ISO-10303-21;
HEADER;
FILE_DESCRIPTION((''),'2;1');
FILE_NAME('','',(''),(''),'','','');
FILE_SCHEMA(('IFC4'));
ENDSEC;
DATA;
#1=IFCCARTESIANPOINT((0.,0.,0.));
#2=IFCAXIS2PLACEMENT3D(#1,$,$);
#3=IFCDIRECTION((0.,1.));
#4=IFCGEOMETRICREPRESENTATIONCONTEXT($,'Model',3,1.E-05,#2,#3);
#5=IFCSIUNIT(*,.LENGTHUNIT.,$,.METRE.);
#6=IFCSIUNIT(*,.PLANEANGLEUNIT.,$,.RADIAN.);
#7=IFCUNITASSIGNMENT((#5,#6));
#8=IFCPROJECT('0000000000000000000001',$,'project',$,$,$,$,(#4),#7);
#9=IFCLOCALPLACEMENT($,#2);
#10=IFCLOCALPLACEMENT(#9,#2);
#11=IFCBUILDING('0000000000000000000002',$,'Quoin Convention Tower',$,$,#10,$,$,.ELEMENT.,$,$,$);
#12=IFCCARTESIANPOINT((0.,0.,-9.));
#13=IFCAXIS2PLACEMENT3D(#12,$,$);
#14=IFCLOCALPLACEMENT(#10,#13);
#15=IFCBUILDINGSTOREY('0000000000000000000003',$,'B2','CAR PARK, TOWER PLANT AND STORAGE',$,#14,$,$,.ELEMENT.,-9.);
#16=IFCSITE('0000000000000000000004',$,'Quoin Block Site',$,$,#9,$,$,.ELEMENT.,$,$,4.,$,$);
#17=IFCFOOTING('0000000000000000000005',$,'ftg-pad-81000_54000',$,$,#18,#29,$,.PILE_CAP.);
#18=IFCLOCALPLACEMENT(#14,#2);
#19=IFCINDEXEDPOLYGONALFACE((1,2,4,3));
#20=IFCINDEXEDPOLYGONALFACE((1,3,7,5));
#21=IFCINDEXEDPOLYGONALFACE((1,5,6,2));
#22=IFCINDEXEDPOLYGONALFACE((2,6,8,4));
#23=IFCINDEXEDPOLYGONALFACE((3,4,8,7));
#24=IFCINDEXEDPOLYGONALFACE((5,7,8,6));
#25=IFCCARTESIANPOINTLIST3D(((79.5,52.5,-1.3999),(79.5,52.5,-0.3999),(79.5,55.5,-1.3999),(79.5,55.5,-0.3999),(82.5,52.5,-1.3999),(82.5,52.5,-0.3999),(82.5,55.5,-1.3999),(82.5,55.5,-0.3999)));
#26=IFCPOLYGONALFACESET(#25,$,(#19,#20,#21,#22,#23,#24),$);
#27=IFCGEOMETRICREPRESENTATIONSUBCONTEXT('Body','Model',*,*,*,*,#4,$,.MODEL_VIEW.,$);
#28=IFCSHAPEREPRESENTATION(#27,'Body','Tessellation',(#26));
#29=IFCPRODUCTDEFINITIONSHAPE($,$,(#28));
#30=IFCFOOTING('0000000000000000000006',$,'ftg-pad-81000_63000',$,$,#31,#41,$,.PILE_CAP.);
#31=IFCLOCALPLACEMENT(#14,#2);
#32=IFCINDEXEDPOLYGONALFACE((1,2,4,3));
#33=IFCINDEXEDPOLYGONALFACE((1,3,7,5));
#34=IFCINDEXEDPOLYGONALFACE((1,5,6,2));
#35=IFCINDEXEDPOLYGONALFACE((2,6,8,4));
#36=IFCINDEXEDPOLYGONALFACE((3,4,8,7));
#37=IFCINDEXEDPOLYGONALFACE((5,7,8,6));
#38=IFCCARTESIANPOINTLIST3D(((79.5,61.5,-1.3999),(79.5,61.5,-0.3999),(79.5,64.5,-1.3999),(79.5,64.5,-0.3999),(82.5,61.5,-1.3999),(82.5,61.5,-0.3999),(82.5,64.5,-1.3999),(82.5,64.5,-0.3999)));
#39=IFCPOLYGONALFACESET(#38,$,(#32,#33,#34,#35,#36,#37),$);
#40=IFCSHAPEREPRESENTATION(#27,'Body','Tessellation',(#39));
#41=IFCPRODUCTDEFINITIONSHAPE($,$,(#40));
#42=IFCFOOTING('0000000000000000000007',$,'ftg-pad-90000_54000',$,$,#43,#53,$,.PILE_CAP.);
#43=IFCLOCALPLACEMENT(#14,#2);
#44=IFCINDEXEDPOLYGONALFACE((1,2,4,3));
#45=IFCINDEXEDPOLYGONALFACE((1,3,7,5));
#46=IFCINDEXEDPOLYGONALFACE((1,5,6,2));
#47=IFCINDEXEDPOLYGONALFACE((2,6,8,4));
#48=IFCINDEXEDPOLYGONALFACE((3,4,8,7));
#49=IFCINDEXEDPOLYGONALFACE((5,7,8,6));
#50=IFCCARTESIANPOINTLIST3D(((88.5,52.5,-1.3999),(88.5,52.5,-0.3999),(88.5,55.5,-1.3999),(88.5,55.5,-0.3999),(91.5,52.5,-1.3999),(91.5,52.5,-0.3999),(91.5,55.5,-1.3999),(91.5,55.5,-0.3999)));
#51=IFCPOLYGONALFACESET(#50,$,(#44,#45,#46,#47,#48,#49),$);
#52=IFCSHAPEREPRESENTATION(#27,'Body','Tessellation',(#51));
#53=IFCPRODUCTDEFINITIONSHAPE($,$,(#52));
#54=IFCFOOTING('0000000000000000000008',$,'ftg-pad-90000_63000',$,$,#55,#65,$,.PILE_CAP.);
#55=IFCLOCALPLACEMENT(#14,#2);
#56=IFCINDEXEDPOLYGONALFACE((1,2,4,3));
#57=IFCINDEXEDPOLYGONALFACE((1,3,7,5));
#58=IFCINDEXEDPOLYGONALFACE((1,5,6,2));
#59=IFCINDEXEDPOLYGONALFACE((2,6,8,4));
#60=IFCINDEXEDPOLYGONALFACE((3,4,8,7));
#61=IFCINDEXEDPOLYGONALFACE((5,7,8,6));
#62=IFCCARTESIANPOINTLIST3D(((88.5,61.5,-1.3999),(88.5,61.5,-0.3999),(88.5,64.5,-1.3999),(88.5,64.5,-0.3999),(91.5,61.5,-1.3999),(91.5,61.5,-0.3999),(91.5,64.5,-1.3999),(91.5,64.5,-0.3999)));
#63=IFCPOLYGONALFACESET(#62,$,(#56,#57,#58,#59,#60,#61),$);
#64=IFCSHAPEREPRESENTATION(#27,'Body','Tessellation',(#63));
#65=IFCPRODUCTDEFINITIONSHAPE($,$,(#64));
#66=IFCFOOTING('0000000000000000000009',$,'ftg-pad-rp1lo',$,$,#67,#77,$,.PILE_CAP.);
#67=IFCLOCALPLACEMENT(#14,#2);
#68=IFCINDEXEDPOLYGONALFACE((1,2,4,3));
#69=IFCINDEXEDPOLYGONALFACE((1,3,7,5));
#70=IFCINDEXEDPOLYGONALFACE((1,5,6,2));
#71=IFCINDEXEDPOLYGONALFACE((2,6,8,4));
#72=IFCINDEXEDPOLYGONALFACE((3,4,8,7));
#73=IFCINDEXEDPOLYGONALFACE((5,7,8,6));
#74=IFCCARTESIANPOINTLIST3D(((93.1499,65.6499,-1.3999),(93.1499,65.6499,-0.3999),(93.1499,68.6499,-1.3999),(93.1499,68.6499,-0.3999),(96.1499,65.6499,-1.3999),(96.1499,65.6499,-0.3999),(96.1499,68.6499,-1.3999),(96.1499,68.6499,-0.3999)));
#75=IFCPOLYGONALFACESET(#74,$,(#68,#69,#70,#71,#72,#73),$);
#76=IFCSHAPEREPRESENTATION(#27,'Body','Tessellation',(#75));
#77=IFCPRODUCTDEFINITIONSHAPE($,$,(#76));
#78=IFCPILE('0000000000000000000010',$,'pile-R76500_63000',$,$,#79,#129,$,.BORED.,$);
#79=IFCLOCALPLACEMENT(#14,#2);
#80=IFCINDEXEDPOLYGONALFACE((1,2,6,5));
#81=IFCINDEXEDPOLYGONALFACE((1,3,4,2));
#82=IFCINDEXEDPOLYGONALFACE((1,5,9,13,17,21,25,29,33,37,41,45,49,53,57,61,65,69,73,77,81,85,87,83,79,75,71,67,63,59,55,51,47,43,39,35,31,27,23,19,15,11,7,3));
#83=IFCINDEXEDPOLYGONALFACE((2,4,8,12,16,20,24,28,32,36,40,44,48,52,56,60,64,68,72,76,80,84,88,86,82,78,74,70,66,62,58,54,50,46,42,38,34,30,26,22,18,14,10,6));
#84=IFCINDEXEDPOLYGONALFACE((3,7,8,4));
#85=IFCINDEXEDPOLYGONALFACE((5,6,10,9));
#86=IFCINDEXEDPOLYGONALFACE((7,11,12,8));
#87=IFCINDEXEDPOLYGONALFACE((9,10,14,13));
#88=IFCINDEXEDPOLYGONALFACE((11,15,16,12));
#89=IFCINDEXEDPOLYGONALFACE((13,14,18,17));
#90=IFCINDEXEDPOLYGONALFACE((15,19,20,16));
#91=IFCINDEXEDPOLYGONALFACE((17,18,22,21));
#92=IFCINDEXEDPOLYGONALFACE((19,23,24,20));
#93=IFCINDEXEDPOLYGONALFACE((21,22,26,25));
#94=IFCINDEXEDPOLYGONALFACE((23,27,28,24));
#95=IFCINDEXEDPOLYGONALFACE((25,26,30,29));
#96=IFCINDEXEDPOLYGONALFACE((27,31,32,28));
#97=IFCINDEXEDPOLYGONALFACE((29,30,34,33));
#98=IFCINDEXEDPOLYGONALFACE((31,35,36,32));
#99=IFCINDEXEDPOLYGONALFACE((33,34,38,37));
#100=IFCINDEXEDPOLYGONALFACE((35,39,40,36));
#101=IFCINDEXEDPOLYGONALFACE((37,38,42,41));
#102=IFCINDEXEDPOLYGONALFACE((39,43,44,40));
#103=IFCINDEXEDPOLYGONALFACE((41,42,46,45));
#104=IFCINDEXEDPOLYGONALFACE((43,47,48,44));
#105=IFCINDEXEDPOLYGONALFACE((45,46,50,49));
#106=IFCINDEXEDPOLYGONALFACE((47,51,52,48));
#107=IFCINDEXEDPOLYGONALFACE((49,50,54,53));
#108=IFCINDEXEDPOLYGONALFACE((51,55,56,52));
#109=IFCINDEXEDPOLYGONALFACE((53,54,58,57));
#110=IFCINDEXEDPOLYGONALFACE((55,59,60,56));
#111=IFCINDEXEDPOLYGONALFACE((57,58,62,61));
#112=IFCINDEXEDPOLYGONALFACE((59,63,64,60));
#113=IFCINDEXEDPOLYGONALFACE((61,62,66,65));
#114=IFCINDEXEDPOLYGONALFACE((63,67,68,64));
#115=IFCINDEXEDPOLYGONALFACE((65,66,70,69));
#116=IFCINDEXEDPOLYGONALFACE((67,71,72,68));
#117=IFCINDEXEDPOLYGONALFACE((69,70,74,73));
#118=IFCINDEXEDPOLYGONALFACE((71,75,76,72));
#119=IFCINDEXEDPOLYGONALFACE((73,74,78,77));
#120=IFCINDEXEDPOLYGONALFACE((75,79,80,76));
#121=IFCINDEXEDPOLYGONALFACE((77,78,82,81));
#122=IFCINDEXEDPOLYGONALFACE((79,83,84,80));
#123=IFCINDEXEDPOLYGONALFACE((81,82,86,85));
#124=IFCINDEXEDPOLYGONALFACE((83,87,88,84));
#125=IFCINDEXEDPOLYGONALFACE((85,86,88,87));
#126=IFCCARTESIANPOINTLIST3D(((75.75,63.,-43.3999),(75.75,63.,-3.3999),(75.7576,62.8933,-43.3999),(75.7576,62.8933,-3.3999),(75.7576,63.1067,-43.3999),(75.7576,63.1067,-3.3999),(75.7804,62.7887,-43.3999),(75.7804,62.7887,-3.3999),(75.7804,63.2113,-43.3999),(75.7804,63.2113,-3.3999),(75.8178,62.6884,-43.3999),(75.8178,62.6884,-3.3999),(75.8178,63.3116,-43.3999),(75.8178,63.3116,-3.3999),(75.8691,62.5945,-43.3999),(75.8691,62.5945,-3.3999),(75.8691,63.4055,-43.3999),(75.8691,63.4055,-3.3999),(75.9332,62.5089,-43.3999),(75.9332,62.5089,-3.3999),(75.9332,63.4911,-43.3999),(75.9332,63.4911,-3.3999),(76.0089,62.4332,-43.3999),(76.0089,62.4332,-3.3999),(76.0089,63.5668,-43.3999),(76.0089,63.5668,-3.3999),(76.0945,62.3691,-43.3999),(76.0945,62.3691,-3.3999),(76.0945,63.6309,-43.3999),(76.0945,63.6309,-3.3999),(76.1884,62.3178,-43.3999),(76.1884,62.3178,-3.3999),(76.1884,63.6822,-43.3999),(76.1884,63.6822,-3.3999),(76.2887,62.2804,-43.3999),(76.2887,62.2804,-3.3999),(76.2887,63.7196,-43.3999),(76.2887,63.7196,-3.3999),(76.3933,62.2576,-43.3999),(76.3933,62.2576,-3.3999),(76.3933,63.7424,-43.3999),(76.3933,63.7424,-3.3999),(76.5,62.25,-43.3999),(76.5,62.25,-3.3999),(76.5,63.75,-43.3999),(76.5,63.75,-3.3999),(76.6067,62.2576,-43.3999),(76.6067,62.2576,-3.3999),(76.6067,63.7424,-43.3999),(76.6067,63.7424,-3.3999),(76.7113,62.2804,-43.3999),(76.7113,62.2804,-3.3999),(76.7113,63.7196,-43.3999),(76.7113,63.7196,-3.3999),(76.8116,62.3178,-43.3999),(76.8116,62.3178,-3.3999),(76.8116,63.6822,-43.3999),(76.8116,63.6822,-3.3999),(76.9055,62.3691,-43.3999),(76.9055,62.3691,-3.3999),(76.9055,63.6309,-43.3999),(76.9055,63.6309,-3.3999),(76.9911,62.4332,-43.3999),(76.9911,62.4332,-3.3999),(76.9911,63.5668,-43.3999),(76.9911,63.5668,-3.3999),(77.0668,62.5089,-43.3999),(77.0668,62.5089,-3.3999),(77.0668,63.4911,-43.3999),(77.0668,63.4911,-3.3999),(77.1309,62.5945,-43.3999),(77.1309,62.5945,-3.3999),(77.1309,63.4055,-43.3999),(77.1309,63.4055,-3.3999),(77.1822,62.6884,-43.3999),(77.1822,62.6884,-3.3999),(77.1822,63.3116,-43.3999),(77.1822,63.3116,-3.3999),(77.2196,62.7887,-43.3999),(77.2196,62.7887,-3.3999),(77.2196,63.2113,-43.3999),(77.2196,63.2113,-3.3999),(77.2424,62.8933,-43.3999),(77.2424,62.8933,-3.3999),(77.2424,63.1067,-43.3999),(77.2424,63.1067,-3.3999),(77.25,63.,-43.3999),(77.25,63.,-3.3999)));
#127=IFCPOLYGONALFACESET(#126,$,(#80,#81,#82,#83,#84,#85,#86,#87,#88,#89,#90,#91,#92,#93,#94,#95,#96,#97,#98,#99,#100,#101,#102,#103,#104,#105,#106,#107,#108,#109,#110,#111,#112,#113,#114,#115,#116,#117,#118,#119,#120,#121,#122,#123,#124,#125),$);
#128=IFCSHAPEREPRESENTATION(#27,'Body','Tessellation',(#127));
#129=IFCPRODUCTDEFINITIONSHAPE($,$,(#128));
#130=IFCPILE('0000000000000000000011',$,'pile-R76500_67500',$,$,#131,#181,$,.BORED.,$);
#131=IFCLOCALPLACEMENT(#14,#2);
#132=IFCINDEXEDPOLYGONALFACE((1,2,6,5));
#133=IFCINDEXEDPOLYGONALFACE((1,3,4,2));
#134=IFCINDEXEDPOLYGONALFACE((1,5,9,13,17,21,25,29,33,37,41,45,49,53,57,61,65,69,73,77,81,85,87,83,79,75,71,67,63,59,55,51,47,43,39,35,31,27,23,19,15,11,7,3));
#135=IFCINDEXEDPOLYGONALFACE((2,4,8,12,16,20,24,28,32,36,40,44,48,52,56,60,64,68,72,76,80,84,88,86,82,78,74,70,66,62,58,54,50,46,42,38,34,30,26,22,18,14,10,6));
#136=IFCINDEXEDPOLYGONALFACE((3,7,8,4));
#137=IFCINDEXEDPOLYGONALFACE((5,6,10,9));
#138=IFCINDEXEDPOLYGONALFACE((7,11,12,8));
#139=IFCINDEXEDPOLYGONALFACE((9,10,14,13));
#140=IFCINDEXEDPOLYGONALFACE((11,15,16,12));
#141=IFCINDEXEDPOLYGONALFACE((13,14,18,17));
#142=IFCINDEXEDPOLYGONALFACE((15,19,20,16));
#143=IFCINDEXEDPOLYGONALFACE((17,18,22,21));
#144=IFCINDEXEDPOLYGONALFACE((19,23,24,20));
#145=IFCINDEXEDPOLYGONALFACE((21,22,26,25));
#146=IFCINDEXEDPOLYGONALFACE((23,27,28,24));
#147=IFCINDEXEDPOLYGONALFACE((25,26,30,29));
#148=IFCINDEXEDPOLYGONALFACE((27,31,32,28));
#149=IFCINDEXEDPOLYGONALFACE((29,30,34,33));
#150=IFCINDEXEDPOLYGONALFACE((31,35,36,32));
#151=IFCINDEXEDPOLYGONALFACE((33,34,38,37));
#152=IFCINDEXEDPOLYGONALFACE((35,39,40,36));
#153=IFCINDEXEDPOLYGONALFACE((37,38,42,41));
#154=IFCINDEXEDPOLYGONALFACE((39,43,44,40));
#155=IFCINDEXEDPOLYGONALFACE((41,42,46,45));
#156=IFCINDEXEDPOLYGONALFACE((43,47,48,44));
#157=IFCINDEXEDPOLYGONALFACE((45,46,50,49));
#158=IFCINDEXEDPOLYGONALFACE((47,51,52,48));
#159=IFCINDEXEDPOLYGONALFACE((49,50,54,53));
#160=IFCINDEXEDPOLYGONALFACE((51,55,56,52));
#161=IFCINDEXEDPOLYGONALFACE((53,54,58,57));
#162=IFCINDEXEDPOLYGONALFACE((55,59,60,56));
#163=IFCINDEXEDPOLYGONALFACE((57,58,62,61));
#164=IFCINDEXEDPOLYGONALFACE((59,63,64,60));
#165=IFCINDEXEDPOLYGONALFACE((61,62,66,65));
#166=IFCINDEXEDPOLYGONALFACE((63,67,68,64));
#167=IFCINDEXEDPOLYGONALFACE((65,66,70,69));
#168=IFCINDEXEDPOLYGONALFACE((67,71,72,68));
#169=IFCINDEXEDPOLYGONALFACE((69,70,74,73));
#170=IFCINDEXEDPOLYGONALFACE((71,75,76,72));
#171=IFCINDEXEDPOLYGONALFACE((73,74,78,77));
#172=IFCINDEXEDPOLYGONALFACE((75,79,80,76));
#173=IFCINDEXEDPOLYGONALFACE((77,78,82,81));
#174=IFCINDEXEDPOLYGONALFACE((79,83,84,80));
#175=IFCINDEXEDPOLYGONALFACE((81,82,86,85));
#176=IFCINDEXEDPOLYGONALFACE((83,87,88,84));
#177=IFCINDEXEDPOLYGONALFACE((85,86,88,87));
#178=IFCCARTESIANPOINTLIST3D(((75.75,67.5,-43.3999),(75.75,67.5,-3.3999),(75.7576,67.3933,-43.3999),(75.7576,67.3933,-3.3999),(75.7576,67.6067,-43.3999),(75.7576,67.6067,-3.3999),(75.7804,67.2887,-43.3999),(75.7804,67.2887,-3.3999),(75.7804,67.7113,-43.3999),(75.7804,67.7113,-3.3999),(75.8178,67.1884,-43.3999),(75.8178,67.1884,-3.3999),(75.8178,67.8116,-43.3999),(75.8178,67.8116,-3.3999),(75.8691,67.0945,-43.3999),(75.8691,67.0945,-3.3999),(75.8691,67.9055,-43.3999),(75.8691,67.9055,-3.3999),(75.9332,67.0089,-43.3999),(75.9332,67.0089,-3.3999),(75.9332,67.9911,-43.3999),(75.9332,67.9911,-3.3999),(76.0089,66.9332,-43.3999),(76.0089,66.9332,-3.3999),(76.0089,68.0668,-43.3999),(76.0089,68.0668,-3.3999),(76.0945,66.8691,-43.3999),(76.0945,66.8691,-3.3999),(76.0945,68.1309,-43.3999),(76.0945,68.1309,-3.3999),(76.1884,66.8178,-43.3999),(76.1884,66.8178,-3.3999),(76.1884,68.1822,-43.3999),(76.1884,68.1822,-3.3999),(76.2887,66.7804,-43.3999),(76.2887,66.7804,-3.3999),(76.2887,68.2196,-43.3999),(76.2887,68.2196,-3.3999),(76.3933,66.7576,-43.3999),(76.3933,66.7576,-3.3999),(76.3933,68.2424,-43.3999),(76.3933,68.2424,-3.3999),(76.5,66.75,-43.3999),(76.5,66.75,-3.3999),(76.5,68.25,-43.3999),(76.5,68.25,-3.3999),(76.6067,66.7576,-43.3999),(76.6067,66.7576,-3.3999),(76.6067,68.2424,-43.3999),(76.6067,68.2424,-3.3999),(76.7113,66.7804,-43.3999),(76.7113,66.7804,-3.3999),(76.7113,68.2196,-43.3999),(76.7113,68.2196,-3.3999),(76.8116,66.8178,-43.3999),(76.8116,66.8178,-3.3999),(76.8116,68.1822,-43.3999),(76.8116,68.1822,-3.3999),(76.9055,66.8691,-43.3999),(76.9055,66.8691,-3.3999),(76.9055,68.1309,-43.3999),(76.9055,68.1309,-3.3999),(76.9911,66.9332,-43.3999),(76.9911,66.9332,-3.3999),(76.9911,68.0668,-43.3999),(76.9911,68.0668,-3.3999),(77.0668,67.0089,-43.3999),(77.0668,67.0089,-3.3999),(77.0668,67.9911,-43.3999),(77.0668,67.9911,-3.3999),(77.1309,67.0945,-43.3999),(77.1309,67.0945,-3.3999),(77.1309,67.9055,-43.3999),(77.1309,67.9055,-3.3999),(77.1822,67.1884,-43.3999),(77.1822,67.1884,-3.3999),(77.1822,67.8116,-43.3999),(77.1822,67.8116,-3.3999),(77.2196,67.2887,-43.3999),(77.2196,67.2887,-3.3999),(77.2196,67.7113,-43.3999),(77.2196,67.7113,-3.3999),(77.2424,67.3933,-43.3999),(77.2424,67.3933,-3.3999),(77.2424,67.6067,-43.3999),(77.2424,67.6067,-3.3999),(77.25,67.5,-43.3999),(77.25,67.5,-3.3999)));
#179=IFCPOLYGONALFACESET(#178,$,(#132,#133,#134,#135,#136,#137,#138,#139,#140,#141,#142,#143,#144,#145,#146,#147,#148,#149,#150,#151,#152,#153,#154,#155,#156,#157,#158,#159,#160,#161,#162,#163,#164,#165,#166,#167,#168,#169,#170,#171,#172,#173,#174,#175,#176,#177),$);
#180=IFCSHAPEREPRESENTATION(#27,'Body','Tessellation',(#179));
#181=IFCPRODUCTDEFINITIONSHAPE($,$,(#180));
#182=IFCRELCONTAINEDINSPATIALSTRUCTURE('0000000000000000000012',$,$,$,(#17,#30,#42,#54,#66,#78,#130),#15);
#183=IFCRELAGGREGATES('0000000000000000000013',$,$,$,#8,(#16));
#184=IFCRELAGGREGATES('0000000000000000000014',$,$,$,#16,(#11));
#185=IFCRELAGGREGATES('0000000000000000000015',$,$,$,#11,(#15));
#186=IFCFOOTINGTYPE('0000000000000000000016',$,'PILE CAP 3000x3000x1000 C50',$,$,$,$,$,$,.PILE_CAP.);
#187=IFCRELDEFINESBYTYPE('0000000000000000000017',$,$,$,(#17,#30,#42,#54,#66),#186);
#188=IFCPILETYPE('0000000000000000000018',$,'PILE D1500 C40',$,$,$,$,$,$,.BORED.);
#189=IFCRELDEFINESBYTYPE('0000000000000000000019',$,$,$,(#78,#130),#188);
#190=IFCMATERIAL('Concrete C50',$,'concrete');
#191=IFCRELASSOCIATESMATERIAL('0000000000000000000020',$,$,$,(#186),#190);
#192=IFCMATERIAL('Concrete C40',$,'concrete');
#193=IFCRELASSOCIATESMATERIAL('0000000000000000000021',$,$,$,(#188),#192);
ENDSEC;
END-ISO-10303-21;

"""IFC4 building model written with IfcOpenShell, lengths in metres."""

from ifc_helpers import new_model, si_unit, direction, frame, origin, origin_2d, place, context, subcontext, project, spatial, rectangle, circle, extrude, material, material_profile, profile_set, type_object, element, save


model = new_model("IFC4")

# Units and contexts
model_context = context("Model", 3, precision=1e-05, world=origin(), true_north=direction((0.0, 1.0)))
body_context = subcontext(model_context, "Body", "Model", "MODEL_VIEW")
ifc_project = project(units=[si_unit("LENGTHUNIT", "METRE"), si_unit("PLANEANGLEUNIT", "RADIAN")], contexts=[model_context])

# Site, building, storey
site_placement = place(None, origin())
site = spatial("IfcSite", under=ifc_project, at=site_placement, Name="Quoin Block Site", CompositionType="ELEMENT", RefElevation=4.0)
building_placement = place(site_placement, origin())
building = spatial("IfcBuilding", under=site, at=building_placement, Name="Quoin Convention Tower", CompositionType="ELEMENT")
storey_placement = place(building_placement, frame((0.0, 0.0, -9.0)))
storey = spatial("IfcBuildingStorey", under=building, at=storey_placement, Name="B2", Description="CAR PARK, TOWER PLANT AND STORAGE", CompositionType="ELEMENT", Elevation=-9.0)

# Footings
ifc_material_1 = material(Name="Concrete C50", Category="concrete")
footing_type_1 = type_object("IfcFootingType", Name="PILE CAP 3000x3000x1000 C50", PredefinedType="PILE_CAP", material=ifc_material_1)
for number, where, z_axis, x_axis, name in (
    (1, (81.0, 54.0, -1.3999), (0.0, 0.0, 1.0), (1.0, 0.0, 0.0), "ftg-pad-81000_54000"),
    (2, (81.0, 63.0, -1.3999), (0.0, 0.0, 1.0), (1.0, 0.0, 0.0), "ftg-pad-81000_63000"),
    (3, (90.0, 54.0, -1.3999), (0.0, 0.0, 1.0), (1.0, 0.0, 0.0), "ftg-pad-90000_54000"),
    (4, (90.0, 63.0, -1.3999), (0.0, 0.0, 1.0), (1.0, 0.0, 0.0), "ftg-pad-90000_63000"),
    (5, (94.6499, 67.1499, -1.3999), (0.0, 0.0, 1.0), (1.0, 0.0, 0.0), "ftg-pad-rp1lo"),
):
    element("IfcFooting", number, at=place(storey_placement, frame(where, z_axis=z_axis, x_axis=x_axis)), inside=storey, type_object=footing_type_1, Name=name, PredefinedType="PILE_CAP", context=body_context, shape_type="SweptSolid", body=[
        extrude(rectangle(XDim=3.0, YDim=3.0, at=origin_2d()), origin(), (0.0, 0.0, 1.0), 1.0),
    ])

# Piles
ifc_material_2 = material(Name="Concrete C40", Category="concrete")
ifc_material_profile_1 = material_profile(ifc_material_2, circle(Radius=0.75, at=origin_2d()), Name="D1500")
ifc_profile_set_1 = profile_set([ifc_material_profile_1], Name="Concrete C40")
pile_type = type_object("IfcPileType", Name="PILE D1500 C40", PredefinedType="BORED", material=ifc_profile_set_1)
for number, where, z_axis, x_axis, name in (
    (6, (76.5, 63.0, -3.3999), (0.0, 0.0, -1.0), (1.0, 0.0, 0.0), "pile-R76500_63000"),
    (7, (76.5, 67.5, -3.3999), (0.0, 0.0, -1.0), (1.0, 0.0, 0.0), "pile-R76500_67500"),
):
    element("IfcPile", number, at=place(storey_placement, frame(where, z_axis=z_axis, x_axis=x_axis)), inside=storey, type_object=pile_type, Name=name, PredefinedType="BORED", context=body_context, shape_type="SweptSolid", body=[
        extrude(circle(Radius=0.75, at=origin_2d()), origin(), (0.0, 0.0, 1.0), 40.0),
    ])

save(model, "model.ifc")
